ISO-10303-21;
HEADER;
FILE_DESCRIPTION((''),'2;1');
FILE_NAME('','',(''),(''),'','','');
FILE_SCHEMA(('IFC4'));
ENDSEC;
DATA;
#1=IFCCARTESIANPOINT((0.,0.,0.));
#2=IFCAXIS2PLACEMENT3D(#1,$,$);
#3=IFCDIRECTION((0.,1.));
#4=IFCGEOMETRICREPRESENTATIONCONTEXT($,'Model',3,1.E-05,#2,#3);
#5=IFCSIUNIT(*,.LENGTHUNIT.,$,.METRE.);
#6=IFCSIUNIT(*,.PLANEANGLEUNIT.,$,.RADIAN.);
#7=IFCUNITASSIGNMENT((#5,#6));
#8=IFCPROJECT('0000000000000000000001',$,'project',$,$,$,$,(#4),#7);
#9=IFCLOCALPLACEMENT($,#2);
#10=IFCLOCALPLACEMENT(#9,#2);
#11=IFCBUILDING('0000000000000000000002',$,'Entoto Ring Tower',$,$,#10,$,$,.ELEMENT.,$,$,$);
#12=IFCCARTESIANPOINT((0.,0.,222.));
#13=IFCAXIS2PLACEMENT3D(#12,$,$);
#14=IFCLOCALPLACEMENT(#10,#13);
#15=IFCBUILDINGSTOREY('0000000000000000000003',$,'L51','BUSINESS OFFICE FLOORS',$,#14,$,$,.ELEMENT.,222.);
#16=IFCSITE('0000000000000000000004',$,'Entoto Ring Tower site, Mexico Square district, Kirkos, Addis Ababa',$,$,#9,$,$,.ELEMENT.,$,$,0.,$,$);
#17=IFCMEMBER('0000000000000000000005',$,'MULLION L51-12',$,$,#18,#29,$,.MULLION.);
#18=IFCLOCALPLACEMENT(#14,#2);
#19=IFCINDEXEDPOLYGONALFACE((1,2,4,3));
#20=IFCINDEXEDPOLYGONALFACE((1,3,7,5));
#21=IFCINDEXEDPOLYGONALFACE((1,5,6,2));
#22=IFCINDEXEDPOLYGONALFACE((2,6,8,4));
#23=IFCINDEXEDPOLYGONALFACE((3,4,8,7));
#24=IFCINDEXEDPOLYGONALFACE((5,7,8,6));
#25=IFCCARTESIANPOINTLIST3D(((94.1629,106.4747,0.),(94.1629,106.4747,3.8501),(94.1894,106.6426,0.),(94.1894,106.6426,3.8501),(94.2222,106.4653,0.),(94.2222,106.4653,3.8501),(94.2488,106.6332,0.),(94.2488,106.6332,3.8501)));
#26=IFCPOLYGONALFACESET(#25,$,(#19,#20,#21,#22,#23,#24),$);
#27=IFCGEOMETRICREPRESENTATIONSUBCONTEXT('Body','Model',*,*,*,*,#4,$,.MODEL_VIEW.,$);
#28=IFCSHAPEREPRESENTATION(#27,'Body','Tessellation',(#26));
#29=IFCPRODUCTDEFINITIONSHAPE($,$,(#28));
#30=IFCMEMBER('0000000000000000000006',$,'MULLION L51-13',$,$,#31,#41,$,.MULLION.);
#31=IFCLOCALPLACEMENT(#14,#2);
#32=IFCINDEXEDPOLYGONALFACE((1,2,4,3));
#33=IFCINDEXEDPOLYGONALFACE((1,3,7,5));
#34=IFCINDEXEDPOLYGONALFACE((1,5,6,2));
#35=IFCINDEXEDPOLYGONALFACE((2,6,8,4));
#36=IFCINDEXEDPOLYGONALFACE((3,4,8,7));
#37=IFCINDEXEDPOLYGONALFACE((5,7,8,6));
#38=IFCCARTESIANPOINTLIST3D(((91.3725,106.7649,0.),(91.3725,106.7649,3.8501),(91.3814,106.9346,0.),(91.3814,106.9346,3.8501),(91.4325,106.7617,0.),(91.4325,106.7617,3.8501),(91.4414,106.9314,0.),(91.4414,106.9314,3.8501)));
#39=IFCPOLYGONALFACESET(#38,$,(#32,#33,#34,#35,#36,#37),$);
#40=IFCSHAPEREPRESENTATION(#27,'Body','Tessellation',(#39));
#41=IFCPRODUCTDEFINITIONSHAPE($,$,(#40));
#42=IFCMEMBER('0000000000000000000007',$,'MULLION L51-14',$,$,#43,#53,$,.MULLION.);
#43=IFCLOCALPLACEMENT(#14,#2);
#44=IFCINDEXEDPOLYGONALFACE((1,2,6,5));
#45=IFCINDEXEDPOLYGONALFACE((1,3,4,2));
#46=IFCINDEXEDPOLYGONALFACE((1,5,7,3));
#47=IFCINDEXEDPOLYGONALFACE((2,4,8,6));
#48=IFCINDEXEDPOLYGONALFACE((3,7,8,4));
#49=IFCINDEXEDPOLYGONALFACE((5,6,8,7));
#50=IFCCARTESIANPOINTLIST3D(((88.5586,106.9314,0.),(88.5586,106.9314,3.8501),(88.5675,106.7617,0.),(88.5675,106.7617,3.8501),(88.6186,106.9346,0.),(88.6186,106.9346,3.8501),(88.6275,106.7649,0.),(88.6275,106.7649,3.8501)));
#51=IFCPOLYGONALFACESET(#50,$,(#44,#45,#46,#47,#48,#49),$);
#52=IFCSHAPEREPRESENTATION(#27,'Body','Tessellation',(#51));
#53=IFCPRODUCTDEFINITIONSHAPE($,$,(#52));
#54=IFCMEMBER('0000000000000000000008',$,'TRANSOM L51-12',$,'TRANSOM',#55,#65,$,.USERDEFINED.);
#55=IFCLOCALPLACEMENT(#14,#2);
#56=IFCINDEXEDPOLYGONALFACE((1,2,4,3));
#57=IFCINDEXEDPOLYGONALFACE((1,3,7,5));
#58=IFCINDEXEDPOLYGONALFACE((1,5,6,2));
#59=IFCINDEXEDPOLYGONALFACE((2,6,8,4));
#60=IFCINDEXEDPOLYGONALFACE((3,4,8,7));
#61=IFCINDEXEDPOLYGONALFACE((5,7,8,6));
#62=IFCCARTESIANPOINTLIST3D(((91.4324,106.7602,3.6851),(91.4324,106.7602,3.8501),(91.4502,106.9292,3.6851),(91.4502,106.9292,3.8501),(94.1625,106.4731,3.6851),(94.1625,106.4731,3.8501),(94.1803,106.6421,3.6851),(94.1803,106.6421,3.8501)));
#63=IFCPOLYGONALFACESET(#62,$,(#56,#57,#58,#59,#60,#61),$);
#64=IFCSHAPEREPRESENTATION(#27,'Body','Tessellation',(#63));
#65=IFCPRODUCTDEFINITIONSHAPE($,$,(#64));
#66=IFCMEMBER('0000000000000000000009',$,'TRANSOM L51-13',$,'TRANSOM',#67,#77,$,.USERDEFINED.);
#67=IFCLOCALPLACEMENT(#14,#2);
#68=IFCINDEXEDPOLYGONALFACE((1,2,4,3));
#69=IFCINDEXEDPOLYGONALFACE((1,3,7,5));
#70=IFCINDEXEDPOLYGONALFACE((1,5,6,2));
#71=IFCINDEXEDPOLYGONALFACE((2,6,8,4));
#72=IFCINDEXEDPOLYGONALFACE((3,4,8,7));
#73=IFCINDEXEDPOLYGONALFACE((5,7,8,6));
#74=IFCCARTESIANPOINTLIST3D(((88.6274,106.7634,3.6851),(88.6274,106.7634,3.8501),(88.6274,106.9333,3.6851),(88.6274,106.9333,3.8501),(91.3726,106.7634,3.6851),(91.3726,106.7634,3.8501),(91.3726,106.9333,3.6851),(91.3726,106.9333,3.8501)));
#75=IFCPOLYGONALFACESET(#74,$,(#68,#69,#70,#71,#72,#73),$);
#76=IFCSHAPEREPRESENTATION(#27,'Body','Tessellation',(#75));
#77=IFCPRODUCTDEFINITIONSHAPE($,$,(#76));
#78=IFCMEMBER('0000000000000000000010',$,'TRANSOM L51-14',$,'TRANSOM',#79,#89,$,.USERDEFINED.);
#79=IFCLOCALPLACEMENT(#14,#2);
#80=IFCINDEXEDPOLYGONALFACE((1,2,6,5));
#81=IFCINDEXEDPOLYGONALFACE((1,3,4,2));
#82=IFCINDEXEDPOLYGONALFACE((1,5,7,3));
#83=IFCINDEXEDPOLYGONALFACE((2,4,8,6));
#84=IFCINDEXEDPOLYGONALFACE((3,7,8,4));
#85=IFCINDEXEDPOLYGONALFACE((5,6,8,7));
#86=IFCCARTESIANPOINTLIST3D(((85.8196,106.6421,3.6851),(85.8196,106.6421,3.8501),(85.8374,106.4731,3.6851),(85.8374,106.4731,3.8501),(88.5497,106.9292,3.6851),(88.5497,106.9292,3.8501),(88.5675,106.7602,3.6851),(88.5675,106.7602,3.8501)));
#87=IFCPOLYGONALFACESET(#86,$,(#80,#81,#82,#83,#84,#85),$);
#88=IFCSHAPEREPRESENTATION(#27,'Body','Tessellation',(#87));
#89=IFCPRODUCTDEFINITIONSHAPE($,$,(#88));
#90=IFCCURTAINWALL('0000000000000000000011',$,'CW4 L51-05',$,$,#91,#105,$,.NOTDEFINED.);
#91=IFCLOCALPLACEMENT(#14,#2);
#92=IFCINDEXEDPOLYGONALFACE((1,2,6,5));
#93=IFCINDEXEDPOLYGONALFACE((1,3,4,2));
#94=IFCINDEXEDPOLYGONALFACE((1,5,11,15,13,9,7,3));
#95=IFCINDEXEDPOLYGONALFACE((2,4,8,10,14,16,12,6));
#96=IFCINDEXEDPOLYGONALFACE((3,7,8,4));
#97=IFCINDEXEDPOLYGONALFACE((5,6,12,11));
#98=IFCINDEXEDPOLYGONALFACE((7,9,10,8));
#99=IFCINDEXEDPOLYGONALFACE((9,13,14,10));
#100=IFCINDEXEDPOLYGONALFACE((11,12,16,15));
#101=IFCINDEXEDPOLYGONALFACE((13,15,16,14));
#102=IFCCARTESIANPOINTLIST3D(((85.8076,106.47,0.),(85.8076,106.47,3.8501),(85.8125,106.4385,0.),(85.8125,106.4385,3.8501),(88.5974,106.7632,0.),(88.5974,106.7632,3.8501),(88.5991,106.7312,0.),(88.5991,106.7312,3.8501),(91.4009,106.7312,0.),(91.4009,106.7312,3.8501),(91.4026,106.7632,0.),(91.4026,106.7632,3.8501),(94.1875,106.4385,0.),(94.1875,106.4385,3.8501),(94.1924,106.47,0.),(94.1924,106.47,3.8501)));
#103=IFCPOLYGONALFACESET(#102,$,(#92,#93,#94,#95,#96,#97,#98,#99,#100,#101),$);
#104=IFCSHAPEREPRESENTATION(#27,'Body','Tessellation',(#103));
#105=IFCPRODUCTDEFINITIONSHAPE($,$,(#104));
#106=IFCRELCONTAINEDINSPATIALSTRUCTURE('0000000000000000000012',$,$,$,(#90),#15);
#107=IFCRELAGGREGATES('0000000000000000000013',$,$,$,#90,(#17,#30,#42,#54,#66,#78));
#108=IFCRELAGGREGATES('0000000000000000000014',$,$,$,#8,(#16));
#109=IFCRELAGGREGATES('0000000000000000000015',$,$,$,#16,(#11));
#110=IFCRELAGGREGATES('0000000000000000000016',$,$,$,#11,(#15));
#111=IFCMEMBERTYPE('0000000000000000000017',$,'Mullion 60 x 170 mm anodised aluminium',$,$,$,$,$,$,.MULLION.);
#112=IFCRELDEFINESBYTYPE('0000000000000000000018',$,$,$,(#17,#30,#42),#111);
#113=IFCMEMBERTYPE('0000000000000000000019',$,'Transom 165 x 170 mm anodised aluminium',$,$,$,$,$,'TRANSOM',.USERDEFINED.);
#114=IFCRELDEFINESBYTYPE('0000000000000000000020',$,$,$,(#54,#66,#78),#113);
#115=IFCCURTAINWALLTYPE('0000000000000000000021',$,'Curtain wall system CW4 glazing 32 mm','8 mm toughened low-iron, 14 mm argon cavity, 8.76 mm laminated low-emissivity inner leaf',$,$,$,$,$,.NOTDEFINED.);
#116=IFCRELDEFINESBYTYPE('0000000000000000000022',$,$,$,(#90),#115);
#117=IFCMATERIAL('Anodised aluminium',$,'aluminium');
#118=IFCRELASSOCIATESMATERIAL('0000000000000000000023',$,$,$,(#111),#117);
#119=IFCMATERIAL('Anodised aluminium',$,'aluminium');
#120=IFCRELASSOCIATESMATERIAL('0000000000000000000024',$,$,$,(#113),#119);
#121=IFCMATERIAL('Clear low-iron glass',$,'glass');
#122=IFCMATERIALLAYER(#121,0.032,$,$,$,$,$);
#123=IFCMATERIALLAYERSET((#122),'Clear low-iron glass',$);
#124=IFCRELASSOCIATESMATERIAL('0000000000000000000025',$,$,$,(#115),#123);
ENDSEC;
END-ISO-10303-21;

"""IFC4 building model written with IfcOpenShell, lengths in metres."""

from ifc_helpers import new_model, si_unit, direction, frame, origin, origin_2d, place, context, subcontext, project, spatial, polyline, rectangle, outline, extrude, material, layer, layer_set, material_profile, profile_set, type_object, element, aggregate, save


model = new_model("IFC4")

# Units and contexts
model_context = context("Model", 3, precision=1e-05, world=origin(), true_north=direction((0.0, 1.0)))
body_context = subcontext(model_context, "Body", "Model", "MODEL_VIEW")
ifc_project = project(units=[si_unit("LENGTHUNIT", "METRE"), si_unit("PLANEANGLEUNIT", "RADIAN")], contexts=[model_context])

# Members
ifc_material_1 = material(Name="Anodised aluminium", Category="aluminium")
ifc_material_profile_1 = material_profile(ifc_material_1, rectangle(XDim=0.0601, YDim=0.1699, at=origin_2d()), Name="Mullion 60 x 170 mm anodised aluminium")
ifc_profile_set_1 = profile_set([ifc_material_profile_1], Name="Anodised aluminium")
member_type_1 = type_object("IfcMemberType", Name="Mullion 60 x 170 mm anodised aluminium", PredefinedType="MULLION", material=ifc_profile_set_1)
site_placement = place(None, origin())
building_placement = place(site_placement, origin())
storey_placement = place(building_placement, frame((0.0, 0.0, 222.0)))
member_1_placement = place(storey_placement, frame((94.2058, 106.554, 0.0), z_axis=(0.0, 0.0, 1.0), x_axis=(-0.987688, 0.156434, 0.0)))
member_1 = element("IfcMember", 1, at=member_1_placement, type_object=member_type_1, Name="MULLION L51-12", PredefinedType="MULLION", context=body_context, shape_type="SweptSolid", body=[
    extrude(rectangle(XDim=0.0601, YDim=0.1699, at=origin_2d()), origin(), (0.0, 0.0, 1.0), 3.8501),
])
member_2_placement = place(storey_placement, frame((91.407, 106.8481, 0.0), z_axis=(0.0, 0.0, 1.0), x_axis=(-0.99863, 0.052336, 0.0)))
member_2 = element("IfcMember", 2, at=member_2_placement, type_object=member_type_1, Name="MULLION L51-13", PredefinedType="MULLION", context=body_context, shape_type="SweptSolid", body=[
    extrude(rectangle(XDim=0.0601, YDim=0.1699, at=origin_2d()), origin(), (0.0, 0.0, 1.0), 3.8501),
])
member_3_placement = place(storey_placement, frame((88.593, 106.8481, 0.0), z_axis=(0.0, 0.0, 1.0), x_axis=(-0.99863, -0.052336, 0.0)))
member_3 = element("IfcMember", 3, at=member_3_placement, type_object=member_type_1, Name="MULLION L51-14", PredefinedType="MULLION", context=body_context, shape_type="SweptSolid", body=[
    extrude(rectangle(XDim=0.0601, YDim=0.1699, at=origin_2d()), origin(), (0.0, 0.0, 1.0), 3.8501),
])
ifc_material_2 = material(Name="Anodised aluminium", Category="aluminium")
ifc_material_profile_2 = material_profile(ifc_material_2, rectangle(XDim=0.1699, YDim=0.165, at=origin_2d()), Name="Transom 165 x 170 mm anodised aluminium")
ifc_profile_set_2 = profile_set([ifc_material_profile_2], Name="Anodised aluminium")
member_type_2 = type_object("IfcMemberType", Name="Transom 165 x 170 mm anodised aluminium", ElementType="TRANSOM", PredefinedType="USERDEFINED", material=ifc_profile_set_2)
member_4_placement = place(storey_placement, frame((94.1714, 106.5576, 3.7676), z_axis=(-0.994515, 0.104592, 0.0), x_axis=(-0.104592, -0.994515, 0.0)))
member_4 = element("IfcMember", 4, at=member_4_placement, type_object=member_type_2, Name="TRANSOM L51-12", ObjectType="TRANSOM", PredefinedType="USERDEFINED", context=body_context, shape_type="SweptSolid", body=[
    extrude(rectangle(XDim=0.1699, YDim=0.165, at=origin_2d()), origin(), (0.0, 0.0, 1.0), 2.7451),
])
member_5_placement = place(storey_placement, frame((91.3726, 106.8484, 3.7676), z_axis=(-1.0, 0.0, 0.0), x_axis=(0.0, -1.0, 0.0)))
member_5 = element("IfcMember", 5, at=member_5_placement, type_object=member_type_2, Name="TRANSOM L51-13", ObjectType="TRANSOM", PredefinedType="USERDEFINED", context=body_context, shape_type="SweptSolid", body=[
    extrude(rectangle(XDim=0.1699, YDim=0.165, at=origin_2d()), origin(), (0.0, 0.0, 1.0), 2.7451),
])
member_6_placement = place(storey_placement, frame((88.5586, 106.8447, 3.7676), z_axis=(-0.994515, -0.104592, 0.0), x_axis=(0.104592, -0.994515, 0.0)))
member_6 = element("IfcMember", 6, at=member_6_placement, type_object=member_type_2, Name="TRANSOM L51-14", ObjectType="TRANSOM", PredefinedType="USERDEFINED", context=body_context, shape_type="SweptSolid", body=[
    extrude(rectangle(XDim=0.1699, YDim=0.165, at=origin_2d()), origin(), (0.0, 0.0, 1.0), 2.7451),
])

# Site, building, storey
site = spatial("IfcSite", under=ifc_project, at=site_placement, Name="Entoto Ring Tower site, Mexico Square district, Kirkos, Addis Ababa", CompositionType="ELEMENT", RefElevation=0.0)
building = spatial("IfcBuilding", under=site, at=building_placement, Name="Entoto Ring Tower", CompositionType="ELEMENT")
storey = spatial("IfcBuildingStorey", under=building, at=storey_placement, Name="L51", Description="BUSINESS OFFICE FLOORS", CompositionType="ELEMENT", Elevation=222.0)

# Curtain wall
ifc_material_3 = material(Name="Clear low-iron glass", Category="glass")
ifc_layer = layer(ifc_material_3, 0.032)
ifc_layer_set = layer_set([ifc_layer], Name="Clear low-iron glass")
curtain_wall_type = type_object("IfcCurtainWallType", Name="Curtain wall system CW4 glazing 32 mm", Description="8 mm toughened low-iron, 14 mm argon cavity, 8.76 mm laminated low-emissivity inner leaf", PredefinedType="NOTDEFINED", material=ifc_layer_set)
curtain_wall_1_placement = place(storey_placement, origin())
curtain_wall_1 = element("IfcCurtainWall", 7, at=curtain_wall_1_placement, inside=storey, type_object=curtain_wall_type, Name="CW4 L51-05", PredefinedType="NOTDEFINED", context=body_context, shape_type="SweptSolid", body=[
    extrude(outline(polyline([(94.1924, 106.47), (91.4026, 106.7632), (88.5974, 106.7632), (85.8076, 106.47), (85.8125, 106.4385), (88.5991, 106.7312), (91.4009, 106.7312), (94.1875, 106.4385), (94.1924, 106.47)])), origin(), (0.0, 0.0, 1.0), 3.8501),
])
aggregate(curtain_wall_1, [member_1, member_2, member_3, member_4, member_5, member_6])

save(model, "model.ifc")
